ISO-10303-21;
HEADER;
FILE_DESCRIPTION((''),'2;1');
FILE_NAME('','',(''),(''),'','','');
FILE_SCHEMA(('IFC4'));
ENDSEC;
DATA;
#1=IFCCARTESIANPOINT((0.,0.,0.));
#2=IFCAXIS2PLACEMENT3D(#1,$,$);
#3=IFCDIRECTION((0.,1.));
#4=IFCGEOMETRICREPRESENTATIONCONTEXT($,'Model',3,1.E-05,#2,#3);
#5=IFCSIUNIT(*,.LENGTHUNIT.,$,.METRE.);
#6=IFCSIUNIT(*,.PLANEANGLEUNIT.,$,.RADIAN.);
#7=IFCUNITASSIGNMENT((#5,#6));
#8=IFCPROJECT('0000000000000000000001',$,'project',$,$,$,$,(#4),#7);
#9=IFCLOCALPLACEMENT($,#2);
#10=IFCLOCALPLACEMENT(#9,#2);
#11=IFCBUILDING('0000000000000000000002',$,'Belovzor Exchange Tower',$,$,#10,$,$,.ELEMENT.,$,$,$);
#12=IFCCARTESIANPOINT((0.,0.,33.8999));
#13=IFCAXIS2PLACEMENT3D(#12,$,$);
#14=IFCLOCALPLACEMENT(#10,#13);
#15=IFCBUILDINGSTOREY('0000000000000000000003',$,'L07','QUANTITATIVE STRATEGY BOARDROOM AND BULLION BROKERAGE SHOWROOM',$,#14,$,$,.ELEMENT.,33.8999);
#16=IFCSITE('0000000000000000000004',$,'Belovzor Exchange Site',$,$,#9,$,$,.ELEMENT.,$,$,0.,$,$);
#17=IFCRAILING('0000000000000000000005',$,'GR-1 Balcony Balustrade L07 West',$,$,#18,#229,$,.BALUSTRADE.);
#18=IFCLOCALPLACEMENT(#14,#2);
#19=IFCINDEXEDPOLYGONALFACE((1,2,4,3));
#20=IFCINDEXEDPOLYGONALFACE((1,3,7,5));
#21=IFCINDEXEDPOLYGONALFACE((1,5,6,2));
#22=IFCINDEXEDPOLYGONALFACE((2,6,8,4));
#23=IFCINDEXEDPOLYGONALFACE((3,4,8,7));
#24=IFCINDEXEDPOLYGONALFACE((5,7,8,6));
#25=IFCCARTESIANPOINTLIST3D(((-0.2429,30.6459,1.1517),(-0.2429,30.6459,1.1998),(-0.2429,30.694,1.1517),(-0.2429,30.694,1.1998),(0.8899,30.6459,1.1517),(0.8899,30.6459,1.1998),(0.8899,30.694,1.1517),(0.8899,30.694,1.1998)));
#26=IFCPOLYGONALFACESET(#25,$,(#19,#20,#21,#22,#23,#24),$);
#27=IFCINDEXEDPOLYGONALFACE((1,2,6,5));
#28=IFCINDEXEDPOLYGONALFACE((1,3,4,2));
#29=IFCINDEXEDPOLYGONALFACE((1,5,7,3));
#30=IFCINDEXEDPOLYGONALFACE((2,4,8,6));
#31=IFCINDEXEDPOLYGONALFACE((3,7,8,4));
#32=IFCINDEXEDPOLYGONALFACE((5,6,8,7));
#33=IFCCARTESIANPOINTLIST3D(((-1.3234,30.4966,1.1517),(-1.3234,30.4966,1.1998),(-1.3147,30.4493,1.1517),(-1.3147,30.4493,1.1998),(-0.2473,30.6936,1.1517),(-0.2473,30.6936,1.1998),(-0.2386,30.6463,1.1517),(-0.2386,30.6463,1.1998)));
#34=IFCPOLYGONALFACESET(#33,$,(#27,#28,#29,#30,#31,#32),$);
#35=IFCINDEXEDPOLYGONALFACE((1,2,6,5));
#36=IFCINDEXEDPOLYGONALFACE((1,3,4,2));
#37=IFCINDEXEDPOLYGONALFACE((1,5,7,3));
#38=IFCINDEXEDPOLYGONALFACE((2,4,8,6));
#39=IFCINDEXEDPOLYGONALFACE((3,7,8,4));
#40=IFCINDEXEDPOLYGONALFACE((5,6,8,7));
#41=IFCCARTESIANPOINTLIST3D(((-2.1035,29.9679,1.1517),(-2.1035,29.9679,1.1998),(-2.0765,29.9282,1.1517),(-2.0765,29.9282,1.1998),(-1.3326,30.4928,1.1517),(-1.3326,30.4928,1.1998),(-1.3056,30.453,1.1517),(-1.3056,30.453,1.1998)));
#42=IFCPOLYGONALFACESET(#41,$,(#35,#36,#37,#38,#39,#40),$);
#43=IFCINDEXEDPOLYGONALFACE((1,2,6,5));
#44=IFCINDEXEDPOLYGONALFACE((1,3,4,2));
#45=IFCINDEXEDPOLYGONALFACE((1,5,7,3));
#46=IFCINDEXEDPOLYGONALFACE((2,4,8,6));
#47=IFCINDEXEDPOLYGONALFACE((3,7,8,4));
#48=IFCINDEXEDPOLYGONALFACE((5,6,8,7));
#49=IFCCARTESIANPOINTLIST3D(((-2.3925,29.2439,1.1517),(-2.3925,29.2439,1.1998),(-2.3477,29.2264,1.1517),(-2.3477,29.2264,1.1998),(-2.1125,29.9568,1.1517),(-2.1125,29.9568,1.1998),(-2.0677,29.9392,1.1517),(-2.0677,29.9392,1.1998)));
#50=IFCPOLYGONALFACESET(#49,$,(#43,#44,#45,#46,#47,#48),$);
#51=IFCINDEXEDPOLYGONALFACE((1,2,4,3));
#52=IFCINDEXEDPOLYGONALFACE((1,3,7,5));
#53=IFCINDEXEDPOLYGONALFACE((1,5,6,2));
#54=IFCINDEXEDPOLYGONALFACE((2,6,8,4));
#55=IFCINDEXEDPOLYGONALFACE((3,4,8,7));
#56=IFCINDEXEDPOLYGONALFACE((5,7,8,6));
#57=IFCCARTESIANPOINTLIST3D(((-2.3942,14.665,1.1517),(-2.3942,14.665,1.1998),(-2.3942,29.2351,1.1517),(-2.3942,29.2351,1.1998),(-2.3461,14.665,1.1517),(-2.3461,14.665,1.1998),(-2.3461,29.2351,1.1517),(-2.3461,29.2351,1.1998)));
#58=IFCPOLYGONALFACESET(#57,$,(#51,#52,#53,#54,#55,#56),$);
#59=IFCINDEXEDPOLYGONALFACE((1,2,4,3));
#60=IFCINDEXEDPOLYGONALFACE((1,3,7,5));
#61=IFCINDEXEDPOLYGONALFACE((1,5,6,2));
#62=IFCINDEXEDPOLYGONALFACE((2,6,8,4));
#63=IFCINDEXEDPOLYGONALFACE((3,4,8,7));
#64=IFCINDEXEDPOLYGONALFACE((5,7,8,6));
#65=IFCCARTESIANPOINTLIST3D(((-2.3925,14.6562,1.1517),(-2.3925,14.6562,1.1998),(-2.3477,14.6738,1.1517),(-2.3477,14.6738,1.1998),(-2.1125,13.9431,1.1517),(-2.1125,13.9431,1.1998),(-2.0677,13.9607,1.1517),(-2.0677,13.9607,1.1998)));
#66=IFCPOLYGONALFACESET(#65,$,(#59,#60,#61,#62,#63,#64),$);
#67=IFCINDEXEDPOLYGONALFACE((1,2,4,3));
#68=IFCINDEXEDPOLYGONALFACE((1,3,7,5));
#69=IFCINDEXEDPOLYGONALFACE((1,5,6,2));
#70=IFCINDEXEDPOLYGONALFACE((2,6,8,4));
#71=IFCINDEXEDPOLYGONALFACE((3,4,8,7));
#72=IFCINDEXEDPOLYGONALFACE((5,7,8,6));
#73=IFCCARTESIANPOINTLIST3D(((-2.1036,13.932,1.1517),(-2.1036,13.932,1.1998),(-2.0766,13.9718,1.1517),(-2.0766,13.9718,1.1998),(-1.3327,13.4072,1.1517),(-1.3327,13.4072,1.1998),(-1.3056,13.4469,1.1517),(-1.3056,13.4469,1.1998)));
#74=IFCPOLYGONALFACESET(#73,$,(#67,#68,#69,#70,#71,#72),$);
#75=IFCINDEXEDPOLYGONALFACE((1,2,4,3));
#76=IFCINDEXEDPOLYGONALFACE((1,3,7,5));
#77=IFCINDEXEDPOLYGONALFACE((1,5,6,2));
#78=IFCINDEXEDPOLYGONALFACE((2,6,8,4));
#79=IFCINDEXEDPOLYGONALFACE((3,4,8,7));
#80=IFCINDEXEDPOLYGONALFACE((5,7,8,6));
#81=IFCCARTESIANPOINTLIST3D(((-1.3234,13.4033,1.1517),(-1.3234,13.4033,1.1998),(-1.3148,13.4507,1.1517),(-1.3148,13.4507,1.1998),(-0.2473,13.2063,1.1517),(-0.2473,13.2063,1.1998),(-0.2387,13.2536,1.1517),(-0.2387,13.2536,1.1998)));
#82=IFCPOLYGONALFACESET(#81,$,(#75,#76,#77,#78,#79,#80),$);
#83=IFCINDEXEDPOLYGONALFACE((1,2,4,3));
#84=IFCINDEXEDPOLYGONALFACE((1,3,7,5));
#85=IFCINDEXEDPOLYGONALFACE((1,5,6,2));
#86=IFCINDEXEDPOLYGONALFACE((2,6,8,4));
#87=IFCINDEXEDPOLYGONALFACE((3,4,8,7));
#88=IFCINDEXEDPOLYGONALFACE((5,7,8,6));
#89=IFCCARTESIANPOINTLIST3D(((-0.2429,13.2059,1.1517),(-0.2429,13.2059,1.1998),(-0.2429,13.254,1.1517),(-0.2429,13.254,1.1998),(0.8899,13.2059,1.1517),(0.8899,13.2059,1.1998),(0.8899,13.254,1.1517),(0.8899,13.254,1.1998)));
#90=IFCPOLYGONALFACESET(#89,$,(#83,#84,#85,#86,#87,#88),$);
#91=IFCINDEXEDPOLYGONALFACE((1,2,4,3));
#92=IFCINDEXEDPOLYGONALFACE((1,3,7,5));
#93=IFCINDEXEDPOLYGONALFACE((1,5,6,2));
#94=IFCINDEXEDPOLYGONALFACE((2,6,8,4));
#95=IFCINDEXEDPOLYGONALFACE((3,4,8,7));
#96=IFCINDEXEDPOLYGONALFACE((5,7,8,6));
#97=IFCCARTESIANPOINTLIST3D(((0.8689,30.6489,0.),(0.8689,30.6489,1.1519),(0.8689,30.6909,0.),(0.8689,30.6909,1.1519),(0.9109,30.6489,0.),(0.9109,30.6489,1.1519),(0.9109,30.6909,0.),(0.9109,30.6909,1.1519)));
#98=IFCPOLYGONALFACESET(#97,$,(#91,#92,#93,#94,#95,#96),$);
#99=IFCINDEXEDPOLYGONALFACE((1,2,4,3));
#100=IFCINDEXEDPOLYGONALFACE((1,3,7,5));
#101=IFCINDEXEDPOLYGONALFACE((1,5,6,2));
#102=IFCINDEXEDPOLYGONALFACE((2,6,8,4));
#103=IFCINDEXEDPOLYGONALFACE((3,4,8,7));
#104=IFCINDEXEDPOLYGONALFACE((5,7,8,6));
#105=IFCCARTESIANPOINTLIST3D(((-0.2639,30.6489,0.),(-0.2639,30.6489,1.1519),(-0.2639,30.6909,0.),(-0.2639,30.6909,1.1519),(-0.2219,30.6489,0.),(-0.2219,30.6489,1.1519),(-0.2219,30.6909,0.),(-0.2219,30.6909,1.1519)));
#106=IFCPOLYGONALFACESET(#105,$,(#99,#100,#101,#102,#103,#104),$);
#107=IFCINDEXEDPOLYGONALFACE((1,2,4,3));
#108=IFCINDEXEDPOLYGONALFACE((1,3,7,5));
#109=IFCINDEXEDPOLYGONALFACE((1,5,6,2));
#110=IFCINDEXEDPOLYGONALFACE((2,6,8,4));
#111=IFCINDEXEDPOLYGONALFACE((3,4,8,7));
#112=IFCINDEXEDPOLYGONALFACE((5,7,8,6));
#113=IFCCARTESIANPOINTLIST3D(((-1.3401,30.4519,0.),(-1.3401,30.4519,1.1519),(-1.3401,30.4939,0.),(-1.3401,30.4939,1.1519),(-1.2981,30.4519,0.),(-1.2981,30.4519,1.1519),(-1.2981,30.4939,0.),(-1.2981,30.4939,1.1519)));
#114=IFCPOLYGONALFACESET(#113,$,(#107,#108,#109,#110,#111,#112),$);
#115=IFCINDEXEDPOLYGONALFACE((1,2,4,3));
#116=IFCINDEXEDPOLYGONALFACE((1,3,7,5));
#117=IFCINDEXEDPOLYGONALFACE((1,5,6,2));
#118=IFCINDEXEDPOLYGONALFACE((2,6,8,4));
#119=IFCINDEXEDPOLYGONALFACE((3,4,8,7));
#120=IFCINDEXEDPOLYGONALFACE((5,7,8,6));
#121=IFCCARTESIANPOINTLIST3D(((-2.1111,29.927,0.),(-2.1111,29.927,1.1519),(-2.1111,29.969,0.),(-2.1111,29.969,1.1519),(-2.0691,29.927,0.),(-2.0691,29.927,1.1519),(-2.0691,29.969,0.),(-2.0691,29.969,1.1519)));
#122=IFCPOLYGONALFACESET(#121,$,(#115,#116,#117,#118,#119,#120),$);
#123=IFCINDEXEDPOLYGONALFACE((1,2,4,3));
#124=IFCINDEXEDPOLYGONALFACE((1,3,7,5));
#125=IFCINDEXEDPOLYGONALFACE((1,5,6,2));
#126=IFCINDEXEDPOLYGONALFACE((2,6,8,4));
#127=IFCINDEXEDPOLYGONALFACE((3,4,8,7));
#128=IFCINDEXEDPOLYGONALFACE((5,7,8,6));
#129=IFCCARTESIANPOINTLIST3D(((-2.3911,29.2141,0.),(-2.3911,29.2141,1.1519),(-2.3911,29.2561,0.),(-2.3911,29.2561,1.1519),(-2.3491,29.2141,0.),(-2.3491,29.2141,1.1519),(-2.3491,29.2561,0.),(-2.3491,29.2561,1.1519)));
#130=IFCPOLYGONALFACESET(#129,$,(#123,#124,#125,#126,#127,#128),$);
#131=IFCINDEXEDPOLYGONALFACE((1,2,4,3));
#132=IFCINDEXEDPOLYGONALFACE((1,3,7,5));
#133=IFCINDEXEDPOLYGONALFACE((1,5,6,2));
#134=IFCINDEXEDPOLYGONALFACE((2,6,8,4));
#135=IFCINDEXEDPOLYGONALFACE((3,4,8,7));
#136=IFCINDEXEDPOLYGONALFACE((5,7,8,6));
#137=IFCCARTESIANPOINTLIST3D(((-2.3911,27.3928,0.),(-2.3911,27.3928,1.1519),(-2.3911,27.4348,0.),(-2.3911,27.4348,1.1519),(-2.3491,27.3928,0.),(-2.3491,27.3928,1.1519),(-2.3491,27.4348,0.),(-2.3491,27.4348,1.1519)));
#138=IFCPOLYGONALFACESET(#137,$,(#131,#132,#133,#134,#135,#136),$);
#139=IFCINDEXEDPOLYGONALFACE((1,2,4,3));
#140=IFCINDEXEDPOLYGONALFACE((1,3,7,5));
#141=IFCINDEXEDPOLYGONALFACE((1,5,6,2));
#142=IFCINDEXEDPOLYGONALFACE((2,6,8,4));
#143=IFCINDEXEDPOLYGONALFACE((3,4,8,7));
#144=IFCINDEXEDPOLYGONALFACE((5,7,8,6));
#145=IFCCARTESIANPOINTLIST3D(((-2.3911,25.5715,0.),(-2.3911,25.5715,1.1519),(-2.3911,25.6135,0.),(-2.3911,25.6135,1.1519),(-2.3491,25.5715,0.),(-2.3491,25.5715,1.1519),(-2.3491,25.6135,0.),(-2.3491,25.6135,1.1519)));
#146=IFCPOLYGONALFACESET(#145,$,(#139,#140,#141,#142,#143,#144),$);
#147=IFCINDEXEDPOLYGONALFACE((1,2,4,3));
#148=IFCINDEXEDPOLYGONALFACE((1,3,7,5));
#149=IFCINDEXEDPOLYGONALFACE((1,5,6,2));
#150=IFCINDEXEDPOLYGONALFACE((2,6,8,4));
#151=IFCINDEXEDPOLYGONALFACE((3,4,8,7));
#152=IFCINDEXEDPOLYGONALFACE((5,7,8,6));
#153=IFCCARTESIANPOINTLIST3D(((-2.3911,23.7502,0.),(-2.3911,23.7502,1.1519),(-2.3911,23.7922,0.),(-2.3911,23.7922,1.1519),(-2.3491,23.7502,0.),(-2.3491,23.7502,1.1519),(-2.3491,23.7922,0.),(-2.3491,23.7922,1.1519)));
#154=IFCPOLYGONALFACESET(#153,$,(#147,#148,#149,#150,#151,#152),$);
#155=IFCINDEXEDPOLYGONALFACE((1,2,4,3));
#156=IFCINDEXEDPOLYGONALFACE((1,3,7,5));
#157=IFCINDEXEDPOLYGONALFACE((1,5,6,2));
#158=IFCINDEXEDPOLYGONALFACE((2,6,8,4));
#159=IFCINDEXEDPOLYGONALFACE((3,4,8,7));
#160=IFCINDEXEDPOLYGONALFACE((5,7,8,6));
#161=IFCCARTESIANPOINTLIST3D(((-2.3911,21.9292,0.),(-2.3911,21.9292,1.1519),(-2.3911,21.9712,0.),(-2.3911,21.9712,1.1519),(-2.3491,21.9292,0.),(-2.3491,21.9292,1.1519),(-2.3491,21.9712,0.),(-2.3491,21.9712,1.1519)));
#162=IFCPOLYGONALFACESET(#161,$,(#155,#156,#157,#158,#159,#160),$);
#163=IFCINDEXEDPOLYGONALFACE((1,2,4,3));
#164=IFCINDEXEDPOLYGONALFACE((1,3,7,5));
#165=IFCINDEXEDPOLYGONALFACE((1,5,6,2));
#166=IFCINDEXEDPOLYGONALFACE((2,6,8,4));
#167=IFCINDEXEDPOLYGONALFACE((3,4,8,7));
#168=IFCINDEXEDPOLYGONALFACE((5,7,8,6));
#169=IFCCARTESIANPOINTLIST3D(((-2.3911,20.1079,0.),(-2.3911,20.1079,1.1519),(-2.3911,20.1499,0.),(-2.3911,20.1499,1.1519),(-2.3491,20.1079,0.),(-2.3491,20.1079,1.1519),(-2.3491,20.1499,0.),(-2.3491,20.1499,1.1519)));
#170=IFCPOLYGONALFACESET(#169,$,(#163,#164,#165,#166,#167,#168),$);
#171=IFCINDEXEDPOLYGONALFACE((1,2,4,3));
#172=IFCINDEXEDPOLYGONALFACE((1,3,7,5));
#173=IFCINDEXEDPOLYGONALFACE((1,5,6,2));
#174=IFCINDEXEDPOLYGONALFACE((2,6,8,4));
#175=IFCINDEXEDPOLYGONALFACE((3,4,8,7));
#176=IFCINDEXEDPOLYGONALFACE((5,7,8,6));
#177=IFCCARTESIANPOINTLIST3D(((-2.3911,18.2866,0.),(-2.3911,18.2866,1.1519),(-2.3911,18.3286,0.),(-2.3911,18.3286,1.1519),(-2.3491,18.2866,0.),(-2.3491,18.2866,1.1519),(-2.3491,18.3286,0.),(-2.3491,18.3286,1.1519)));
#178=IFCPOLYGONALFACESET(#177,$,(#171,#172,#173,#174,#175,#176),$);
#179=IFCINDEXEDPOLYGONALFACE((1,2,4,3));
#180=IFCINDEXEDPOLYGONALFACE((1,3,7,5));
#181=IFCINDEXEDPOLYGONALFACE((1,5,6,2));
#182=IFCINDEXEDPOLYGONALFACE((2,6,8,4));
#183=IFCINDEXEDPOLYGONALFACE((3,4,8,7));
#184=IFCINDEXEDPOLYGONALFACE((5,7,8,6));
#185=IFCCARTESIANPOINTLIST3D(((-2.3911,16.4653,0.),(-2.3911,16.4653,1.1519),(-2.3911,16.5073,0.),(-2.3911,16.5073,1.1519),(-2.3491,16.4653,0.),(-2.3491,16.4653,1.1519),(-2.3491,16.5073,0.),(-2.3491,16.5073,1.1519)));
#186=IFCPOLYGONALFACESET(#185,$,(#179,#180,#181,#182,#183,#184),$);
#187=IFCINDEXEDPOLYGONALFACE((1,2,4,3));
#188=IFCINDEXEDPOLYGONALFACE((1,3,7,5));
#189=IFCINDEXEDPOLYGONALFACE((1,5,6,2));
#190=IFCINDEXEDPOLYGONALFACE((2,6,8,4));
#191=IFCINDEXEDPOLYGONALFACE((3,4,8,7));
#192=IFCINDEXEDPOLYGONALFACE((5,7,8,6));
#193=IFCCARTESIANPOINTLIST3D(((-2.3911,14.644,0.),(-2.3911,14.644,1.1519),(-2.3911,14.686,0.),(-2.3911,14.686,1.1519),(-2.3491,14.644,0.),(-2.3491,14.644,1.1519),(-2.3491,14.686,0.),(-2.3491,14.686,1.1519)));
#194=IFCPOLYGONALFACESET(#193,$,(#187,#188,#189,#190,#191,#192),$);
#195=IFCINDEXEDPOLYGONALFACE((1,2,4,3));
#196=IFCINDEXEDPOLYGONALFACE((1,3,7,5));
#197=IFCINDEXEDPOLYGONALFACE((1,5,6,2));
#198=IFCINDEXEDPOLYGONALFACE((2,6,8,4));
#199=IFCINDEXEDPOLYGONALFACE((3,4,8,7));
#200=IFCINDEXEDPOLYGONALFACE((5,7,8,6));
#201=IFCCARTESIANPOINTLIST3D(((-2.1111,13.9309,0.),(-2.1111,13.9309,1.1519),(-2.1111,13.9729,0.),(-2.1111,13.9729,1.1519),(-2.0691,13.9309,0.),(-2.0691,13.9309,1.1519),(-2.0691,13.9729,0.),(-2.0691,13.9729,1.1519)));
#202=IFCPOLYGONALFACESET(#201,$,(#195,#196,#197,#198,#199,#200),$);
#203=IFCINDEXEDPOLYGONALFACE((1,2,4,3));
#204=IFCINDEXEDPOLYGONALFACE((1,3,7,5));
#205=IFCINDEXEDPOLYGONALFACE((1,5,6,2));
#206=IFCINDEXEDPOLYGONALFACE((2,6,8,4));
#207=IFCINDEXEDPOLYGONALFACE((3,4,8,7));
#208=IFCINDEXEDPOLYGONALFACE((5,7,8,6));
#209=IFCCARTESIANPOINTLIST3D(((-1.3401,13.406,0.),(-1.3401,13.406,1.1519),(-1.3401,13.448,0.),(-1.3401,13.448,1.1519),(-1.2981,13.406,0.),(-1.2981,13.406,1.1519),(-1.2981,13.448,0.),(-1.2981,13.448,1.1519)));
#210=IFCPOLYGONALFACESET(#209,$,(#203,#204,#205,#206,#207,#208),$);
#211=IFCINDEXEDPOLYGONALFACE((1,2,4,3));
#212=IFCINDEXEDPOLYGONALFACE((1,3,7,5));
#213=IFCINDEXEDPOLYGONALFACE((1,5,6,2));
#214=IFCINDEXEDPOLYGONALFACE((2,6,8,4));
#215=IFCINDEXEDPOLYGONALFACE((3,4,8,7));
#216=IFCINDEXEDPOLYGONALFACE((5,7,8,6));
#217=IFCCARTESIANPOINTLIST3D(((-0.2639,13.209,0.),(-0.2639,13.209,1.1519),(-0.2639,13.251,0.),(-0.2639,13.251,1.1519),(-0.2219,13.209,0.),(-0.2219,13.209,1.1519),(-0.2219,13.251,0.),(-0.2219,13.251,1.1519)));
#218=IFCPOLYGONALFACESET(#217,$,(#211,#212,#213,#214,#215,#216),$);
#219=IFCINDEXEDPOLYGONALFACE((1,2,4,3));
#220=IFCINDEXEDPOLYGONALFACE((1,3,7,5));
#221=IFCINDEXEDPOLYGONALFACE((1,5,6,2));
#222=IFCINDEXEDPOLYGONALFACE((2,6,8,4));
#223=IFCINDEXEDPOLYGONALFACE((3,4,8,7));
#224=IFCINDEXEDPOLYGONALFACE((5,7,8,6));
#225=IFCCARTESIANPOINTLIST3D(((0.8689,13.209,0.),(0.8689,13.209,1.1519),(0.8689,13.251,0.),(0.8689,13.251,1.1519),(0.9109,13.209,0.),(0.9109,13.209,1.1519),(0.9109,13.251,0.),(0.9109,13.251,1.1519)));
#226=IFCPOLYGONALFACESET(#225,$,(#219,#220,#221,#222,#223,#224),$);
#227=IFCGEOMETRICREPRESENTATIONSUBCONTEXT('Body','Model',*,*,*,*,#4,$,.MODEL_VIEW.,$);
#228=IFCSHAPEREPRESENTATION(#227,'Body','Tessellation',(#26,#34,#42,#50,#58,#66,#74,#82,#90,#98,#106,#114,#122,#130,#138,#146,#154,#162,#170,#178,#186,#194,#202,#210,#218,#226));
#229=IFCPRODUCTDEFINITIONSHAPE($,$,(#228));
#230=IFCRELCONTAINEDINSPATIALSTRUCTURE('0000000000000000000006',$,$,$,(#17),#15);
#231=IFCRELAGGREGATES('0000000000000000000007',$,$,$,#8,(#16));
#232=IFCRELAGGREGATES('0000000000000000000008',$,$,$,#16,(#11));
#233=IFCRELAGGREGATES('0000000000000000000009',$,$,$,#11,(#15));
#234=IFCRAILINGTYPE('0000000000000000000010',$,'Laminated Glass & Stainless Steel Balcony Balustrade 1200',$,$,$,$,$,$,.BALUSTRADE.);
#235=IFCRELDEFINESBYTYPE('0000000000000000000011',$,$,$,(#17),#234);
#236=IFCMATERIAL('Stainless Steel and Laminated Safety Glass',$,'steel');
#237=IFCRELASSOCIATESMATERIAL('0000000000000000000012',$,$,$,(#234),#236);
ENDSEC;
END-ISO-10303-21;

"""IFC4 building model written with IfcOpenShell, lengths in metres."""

from ifc_helpers import new_model, si_unit, direction, frame, origin, origin_2d, place, context, subcontext, project, spatial, rectangle, extrude, material, type_object, element, save


model = new_model("IFC4")

# Units and contexts
model_context = context("Model", 3, precision=1e-05, world=origin(), true_north=direction((0.0, 1.0)))
body_context = subcontext(model_context, "Body", "Model", "MODEL_VIEW")
ifc_project = project(units=[si_unit("LENGTHUNIT", "METRE"), si_unit("PLANEANGLEUNIT", "RADIAN")], contexts=[model_context])

# Site, building, storey
site_placement = place(None, origin())
site = spatial("IfcSite", under=ifc_project, at=site_placement, Name="Belovzor Exchange Site", CompositionType="ELEMENT", RefElevation=0.0)
building_placement = place(site_placement, origin())
building = spatial("IfcBuilding", under=site, at=building_placement, Name="Belovzor Exchange Tower", CompositionType="ELEMENT")
storey_placement = place(building_placement, frame((0.0, 0.0, 33.8999)))
storey = spatial("IfcBuildingStorey", under=building, at=storey_placement, Name="L07", Description="QUANTITATIVE STRATEGY BOARDROOM AND BULLION BROKERAGE SHOWROOM", CompositionType="ELEMENT", Elevation=33.8999)

# Railing
ifc_material_1 = material(Name="Stainless Steel and Laminated Safety Glass", Category="steel")
railing_type = type_object("IfcRailingType", Name="Laminated Glass & Stainless Steel Balcony Balustrade 1200", PredefinedType="BALUSTRADE", material=ifc_material_1)
railing_placement = place(storey_placement, frame((0.8899, 30.6699, 0.0)))
element("IfcRailing", 1, at=railing_placement, inside=storey, type_object=railing_type, Name="GR-1 Balcony Balustrade L07 West", PredefinedType="BALUSTRADE", context=body_context, shape_type="SweptSolid", body=[
    extrude(rectangle(XDim=0.0481, YDim=0.0481, at=origin_2d()), frame((0.0, 0.0, 1.1758), z_axis=(-1.0, 0.0, 0.0), x_axis=(0.0, -1.0, 0.0)), (0.0, 0.0, 1.0), 1.1328),
    extrude(rectangle(XDim=0.0481, YDim=0.0481, at=origin_2d()), frame((-1.1328, 0.0, 1.1758), z_axis=(-0.983651, -0.180083, 0.0), x_axis=(0.180083, -0.983651, 0.0)), (0.0, 0.0, 1.0), 1.094),
    extrude(rectangle(XDim=0.0481, YDim=0.0481, at=origin_2d()), frame((-2.209, -0.197, 1.1758), z_axis=(-0.826615, -0.562768, 0.0), x_axis=(0.562768, -0.826615, 0.0)), (0.0, 0.0, 1.0), 0.9326),
    extrude(rectangle(XDim=0.0481, YDim=0.0481, at=origin_2d()), frame((-2.98, -0.7219, 1.1758), z_axis=(-0.365613, -0.930767, 0.0), x_axis=(0.930767, -0.365613, 0.0)), (0.0, 0.0, 1.0), 0.7659),
    extrude(rectangle(XDim=0.0481, YDim=0.0481, at=origin_2d()), frame((-3.26, -1.4348, 1.1758), z_axis=(0.0, -1.0, 0.0), x_axis=(1.0, 0.0, 0.0)), (0.0, 0.0, 1.0), 14.5701),
    extrude(rectangle(XDim=0.0481, YDim=0.0481, at=origin_2d()), frame((-3.26, -16.0049, 1.1758), z_axis=(0.365504, -0.93081, 0.0), x_axis=(0.93081, 0.365504, 0.0)), (0.0, 0.0, 1.0), 0.7661),
    extrude(rectangle(XDim=0.0481, YDim=0.0481, at=origin_2d()), frame((-2.98, -16.718, 1.1758), z_axis=(0.826615, -0.562768, 0.0), x_axis=(0.562768, 0.826615, 0.0)), (0.0, 0.0, 1.0), 0.9326),
    extrude(rectangle(XDim=0.0481, YDim=0.0481, at=origin_2d()), frame((-2.209, -17.2429, 1.1758), z_axis=(0.983651, -0.180083, 0.0), x_axis=(0.180083, 0.983651, 0.0)), (0.0, 0.0, 1.0), 1.094),
    extrude(rectangle(XDim=0.0481, YDim=0.0481, at=origin_2d()), frame((-1.1328, -17.4399, 1.1758), z_axis=(1.0, 0.0, 0.0), x_axis=(0.0, 1.0, 0.0)), (0.0, 0.0, 1.0), 1.1328),
    extrude(rectangle(XDim=0.042, YDim=0.042, at=origin_2d()), origin(), (0.0, 0.0, 1.0), 1.1519),
    extrude(rectangle(XDim=0.042, YDim=0.042, at=origin_2d()), frame((-1.1328, 0.0, 0.0)), (0.0, 0.0, 1.0), 1.1519),
    extrude(rectangle(XDim=0.042, YDim=0.042, at=origin_2d()), frame((-2.209, -0.197, 0.0)), (0.0, 0.0, 1.0), 1.1519),
    extrude(rectangle(XDim=0.042, YDim=0.042, at=origin_2d()), frame((-2.98, -0.7219, 0.0)), (0.0, 0.0, 1.0), 1.1519),
    extrude(rectangle(XDim=0.042, YDim=0.042, at=origin_2d()), frame((-3.26, -1.4348, 0.0)), (0.0, 0.0, 1.0), 1.1519),
    extrude(rectangle(XDim=0.042, YDim=0.042, at=origin_2d()), frame((-3.26, -3.2561, 0.0)), (0.0, 0.0, 1.0), 1.1519),
    extrude(rectangle(XDim=0.042, YDim=0.042, at=origin_2d()), frame((-3.26, -5.0774, 0.0)), (0.0, 0.0, 1.0), 1.1519),
    extrude(rectangle(XDim=0.042, YDim=0.042, at=origin_2d()), frame((-3.26, -6.8987, 0.0)), (0.0, 0.0, 1.0), 1.1519),
    extrude(rectangle(XDim=0.042, YDim=0.042, at=origin_2d()), frame((-3.26, -8.7197, 0.0)), (0.0, 0.0, 1.0), 1.1519),
    extrude(rectangle(XDim=0.042, YDim=0.042, at=origin_2d()), frame((-3.26, -10.541, 0.0)), (0.0, 0.0, 1.0), 1.1519),
    extrude(rectangle(XDim=0.042, YDim=0.042, at=origin_2d()), frame((-3.26, -12.3623, 0.0)), (0.0, 0.0, 1.0), 1.1519),
    extrude(rectangle(XDim=0.042, YDim=0.042, at=origin_2d()), frame((-3.26, -14.1836, 0.0)), (0.0, 0.0, 1.0), 1.1519),
    extrude(rectangle(XDim=0.042, YDim=0.042, at=origin_2d()), frame((-3.26, -16.0049, 0.0)), (0.0, 0.0, 1.0), 1.1519),
    extrude(rectangle(XDim=0.042, YDim=0.042, at=origin_2d()), frame((-2.98, -16.718, 0.0)), (0.0, 0.0, 1.0), 1.1519),
    extrude(rectangle(XDim=0.042, YDim=0.042, at=origin_2d()), frame((-2.209, -17.2429, 0.0)), (0.0, 0.0, 1.0), 1.1519),
    extrude(rectangle(XDim=0.042, YDim=0.042, at=origin_2d()), frame((-1.1328, -17.4399, 0.0)), (0.0, 0.0, 1.0), 1.1519),
    extrude(rectangle(XDim=0.042, YDim=0.042, at=origin_2d()), frame((0.0, -17.4399, 0.0)), (0.0, 0.0, 1.0), 1.1519),
])

save(model, "model.ifc")
